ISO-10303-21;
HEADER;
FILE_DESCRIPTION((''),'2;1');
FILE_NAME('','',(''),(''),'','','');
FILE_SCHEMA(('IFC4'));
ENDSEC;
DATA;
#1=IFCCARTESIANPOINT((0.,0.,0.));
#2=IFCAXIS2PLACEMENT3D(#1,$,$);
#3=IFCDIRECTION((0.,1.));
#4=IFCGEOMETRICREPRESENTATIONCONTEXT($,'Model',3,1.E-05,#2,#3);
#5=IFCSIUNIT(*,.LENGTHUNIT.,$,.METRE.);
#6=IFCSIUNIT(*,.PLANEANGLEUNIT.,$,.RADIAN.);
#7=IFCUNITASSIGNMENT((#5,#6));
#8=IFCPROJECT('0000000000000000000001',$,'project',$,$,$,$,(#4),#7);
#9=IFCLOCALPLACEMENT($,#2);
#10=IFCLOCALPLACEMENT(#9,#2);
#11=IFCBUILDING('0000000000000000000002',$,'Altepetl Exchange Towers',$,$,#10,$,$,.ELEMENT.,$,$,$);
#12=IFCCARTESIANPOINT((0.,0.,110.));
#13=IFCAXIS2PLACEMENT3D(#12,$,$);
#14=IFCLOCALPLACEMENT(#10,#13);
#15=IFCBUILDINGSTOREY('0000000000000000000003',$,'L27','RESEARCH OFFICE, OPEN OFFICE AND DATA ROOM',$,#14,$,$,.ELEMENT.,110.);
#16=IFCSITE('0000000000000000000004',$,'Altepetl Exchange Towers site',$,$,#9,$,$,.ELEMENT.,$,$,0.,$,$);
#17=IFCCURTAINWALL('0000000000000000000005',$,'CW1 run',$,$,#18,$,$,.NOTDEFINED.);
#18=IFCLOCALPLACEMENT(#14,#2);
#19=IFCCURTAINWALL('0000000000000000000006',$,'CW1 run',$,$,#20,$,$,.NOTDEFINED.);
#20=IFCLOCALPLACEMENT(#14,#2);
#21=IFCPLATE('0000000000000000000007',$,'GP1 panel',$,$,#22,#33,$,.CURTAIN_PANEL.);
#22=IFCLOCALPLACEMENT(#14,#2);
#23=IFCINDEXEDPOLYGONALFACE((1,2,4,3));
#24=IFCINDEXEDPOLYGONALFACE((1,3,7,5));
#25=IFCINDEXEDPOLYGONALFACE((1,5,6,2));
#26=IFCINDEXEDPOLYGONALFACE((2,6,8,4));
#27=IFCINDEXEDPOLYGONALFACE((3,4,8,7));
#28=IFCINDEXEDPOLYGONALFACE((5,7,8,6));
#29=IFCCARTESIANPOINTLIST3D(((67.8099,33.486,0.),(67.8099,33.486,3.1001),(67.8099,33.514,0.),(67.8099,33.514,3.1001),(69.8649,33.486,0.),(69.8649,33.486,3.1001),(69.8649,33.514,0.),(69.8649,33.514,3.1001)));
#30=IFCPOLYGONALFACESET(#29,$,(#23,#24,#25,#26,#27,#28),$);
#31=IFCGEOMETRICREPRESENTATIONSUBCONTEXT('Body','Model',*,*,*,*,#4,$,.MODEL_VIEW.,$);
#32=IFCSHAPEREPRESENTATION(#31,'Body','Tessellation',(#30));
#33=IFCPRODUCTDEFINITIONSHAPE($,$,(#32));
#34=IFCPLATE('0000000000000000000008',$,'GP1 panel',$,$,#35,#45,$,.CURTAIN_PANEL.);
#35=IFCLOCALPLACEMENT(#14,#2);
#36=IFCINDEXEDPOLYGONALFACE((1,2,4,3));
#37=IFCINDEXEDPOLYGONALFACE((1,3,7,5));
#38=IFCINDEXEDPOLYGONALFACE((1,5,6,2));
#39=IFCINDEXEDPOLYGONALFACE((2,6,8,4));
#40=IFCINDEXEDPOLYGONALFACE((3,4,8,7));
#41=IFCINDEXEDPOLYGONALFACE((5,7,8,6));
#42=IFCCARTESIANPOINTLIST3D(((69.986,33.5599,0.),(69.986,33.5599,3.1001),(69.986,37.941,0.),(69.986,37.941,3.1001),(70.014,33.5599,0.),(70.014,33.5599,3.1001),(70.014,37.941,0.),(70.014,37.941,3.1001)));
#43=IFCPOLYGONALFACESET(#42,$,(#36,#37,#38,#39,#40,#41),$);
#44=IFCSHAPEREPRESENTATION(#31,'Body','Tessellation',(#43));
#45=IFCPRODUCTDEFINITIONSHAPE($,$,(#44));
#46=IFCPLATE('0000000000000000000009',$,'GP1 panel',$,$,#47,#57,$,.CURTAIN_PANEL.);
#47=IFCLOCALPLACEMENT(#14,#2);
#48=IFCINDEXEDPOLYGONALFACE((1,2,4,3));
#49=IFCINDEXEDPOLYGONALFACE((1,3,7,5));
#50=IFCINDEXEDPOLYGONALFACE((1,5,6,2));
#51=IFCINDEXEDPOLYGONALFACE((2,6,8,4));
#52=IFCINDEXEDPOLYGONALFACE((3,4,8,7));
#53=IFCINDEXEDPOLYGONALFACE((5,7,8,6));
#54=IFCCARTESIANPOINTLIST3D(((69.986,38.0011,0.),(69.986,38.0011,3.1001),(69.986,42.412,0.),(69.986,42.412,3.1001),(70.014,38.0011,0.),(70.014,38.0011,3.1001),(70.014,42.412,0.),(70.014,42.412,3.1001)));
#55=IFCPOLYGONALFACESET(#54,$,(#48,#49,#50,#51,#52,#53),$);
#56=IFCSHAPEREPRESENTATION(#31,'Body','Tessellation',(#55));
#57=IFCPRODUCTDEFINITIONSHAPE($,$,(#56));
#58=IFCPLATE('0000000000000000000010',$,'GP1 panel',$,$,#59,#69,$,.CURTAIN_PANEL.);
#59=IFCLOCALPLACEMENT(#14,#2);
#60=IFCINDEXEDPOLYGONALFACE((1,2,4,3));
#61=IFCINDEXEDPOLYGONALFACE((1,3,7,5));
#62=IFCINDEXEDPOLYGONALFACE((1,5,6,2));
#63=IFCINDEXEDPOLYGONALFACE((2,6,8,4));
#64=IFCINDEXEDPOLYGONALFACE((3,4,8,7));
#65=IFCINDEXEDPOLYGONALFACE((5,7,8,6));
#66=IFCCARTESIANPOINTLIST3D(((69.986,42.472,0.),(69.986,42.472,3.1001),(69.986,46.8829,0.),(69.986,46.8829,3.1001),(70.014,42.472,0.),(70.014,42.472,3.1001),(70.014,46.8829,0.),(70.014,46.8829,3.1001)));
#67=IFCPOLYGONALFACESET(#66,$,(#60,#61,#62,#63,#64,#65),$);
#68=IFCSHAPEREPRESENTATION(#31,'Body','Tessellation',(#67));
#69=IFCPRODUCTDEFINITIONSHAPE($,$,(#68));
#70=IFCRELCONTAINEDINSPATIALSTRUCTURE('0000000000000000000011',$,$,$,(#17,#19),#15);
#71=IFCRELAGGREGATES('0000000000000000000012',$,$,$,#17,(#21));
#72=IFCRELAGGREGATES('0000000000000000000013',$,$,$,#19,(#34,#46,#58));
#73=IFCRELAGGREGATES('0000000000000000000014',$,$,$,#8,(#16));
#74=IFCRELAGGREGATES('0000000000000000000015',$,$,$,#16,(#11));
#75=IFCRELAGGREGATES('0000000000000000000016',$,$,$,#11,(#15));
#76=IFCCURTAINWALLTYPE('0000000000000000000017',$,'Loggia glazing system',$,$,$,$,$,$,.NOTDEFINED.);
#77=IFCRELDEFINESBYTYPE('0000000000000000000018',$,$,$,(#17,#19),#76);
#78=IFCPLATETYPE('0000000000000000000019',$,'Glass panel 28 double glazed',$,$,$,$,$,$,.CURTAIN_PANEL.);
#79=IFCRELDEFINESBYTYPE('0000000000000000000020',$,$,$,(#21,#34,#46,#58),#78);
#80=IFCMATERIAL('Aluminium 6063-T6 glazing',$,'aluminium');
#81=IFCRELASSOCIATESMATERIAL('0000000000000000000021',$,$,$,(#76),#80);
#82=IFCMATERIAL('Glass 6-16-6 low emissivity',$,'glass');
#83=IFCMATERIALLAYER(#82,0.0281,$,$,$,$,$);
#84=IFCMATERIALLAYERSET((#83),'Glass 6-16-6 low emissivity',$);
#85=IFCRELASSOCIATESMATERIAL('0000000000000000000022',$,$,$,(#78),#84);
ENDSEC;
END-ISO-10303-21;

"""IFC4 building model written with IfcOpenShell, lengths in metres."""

from ifc_helpers import new_model, si_unit, direction, frame, origin, origin_2d, place, context, subcontext, project, spatial, rectangle, extrude, material, layer, layer_set, type_object, element, aggregate, save


model = new_model("IFC4")

# Units and contexts
model_context = context("Model", 3, precision=1e-05, world=origin(), true_north=direction((0.0, 1.0)))
body_context = subcontext(model_context, "Body", "Model", "MODEL_VIEW")
ifc_project = project(units=[si_unit("LENGTHUNIT", "METRE"), si_unit("PLANEANGLEUNIT", "RADIAN")], contexts=[model_context])

# Site, building, storey
site_placement = place(None, origin())
site = spatial("IfcSite", under=ifc_project, at=site_placement, Name="Altepetl Exchange Towers site", CompositionType="ELEMENT", RefElevation=0.0)
building_placement = place(site_placement, origin())
building = spatial("IfcBuilding", under=site, at=building_placement, Name="Altepetl Exchange Towers", CompositionType="ELEMENT")
storey_placement = place(building_placement, frame((0.0, 0.0, 110.0)))
storey = spatial("IfcBuildingStorey", under=building, at=storey_placement, Name="L27", Description="RESEARCH OFFICE, OPEN OFFICE AND DATA ROOM", CompositionType="ELEMENT", Elevation=110.0)

# Curtain walls
ifc_material_1 = material(Name="Aluminium 6063-T6 glazing", Category="aluminium")
curtain_wall_type = type_object("IfcCurtainWallType", Name="Loggia glazing system", PredefinedType="NOTDEFINED", material=ifc_material_1)
curtain_wall_1_placement = place(storey_placement, origin())
curtain_wall_1 = element("IfcCurtainWall", 1, at=curtain_wall_1_placement, inside=storey, type_object=curtain_wall_type, Name="CW1 run", PredefinedType="NOTDEFINED")
curtain_wall_2_placement = place(storey_placement, origin())
curtain_wall_2 = element("IfcCurtainWall", 2, at=curtain_wall_2_placement, inside=storey, type_object=curtain_wall_type, Name="CW1 run", PredefinedType="NOTDEFINED")

# Plates
ifc_material_2 = material(Name="Glass 6-16-6 low emissivity", Category="glass")
ifc_layer = layer(ifc_material_2, 0.0281)
ifc_layer_set = layer_set([ifc_layer], Name="Glass 6-16-6 low emissivity")
plate_type = type_object("IfcPlateType", Name="Glass panel 28 double glazed", PredefinedType="CURTAIN_PANEL", material=ifc_layer_set)
plate_1_placement = place(storey_placement, frame((68.8374, 33.5, 0.0)))
plate_1 = element("IfcPlate", 3, at=plate_1_placement, type_object=plate_type, Name="GP1 panel", PredefinedType="CURTAIN_PANEL", context=body_context, shape_type="SweptSolid", body=[
    extrude(rectangle(XDim=2.0549, YDim=0.0281, at=origin_2d()), origin(), (0.0, 0.0, 1.0), 3.1001),
])
aggregate(curtain_wall_1, [plate_1])
plate_2_placement = place(storey_placement, frame((70.0, 35.7505, 0.0), z_axis=(0.0, 0.0, 1.0), x_axis=(0.0, 1.0, 0.0)))
plate_2 = element("IfcPlate", 4, at=plate_2_placement, type_object=plate_type, Name="GP1 panel", PredefinedType="CURTAIN_PANEL", context=body_context, shape_type="SweptSolid", body=[
    extrude(rectangle(XDim=4.3811, YDim=0.0281, at=origin_2d()), origin(), (0.0, 0.0, 1.0), 3.1001),
])
plate_3_placement = place(storey_placement, frame((70.0, 40.2065, 0.0), z_axis=(0.0, 0.0, 1.0), x_axis=(0.0, 1.0, 0.0)))
plate_3 = element("IfcPlate", 5, at=plate_3_placement, type_object=plate_type, Name="GP1 panel", PredefinedType="CURTAIN_PANEL", context=body_context, shape_type="SweptSolid", body=[
    extrude(rectangle(XDim=4.4109, YDim=0.0281, at=origin_2d()), origin(), (0.0, 0.0, 1.0), 3.1001),
])
plate_4_placement = place(storey_placement, frame((70.0, 44.6775, 0.0), z_axis=(0.0, 0.0, 1.0), x_axis=(0.0, 1.0, 0.0)))
plate_4 = element("IfcPlate", 6, at=plate_4_placement, type_object=plate_type, Name="GP1 panel", PredefinedType="CURTAIN_PANEL", context=body_context, shape_type="SweptSolid", body=[
    extrude(rectangle(XDim=4.4109, YDim=0.0281, at=origin_2d()), origin(), (0.0, 0.0, 1.0), 3.1001),
])
aggregate(curtain_wall_2, [plate_2, plate_3, plate_4])

save(model, "model.ifc")
